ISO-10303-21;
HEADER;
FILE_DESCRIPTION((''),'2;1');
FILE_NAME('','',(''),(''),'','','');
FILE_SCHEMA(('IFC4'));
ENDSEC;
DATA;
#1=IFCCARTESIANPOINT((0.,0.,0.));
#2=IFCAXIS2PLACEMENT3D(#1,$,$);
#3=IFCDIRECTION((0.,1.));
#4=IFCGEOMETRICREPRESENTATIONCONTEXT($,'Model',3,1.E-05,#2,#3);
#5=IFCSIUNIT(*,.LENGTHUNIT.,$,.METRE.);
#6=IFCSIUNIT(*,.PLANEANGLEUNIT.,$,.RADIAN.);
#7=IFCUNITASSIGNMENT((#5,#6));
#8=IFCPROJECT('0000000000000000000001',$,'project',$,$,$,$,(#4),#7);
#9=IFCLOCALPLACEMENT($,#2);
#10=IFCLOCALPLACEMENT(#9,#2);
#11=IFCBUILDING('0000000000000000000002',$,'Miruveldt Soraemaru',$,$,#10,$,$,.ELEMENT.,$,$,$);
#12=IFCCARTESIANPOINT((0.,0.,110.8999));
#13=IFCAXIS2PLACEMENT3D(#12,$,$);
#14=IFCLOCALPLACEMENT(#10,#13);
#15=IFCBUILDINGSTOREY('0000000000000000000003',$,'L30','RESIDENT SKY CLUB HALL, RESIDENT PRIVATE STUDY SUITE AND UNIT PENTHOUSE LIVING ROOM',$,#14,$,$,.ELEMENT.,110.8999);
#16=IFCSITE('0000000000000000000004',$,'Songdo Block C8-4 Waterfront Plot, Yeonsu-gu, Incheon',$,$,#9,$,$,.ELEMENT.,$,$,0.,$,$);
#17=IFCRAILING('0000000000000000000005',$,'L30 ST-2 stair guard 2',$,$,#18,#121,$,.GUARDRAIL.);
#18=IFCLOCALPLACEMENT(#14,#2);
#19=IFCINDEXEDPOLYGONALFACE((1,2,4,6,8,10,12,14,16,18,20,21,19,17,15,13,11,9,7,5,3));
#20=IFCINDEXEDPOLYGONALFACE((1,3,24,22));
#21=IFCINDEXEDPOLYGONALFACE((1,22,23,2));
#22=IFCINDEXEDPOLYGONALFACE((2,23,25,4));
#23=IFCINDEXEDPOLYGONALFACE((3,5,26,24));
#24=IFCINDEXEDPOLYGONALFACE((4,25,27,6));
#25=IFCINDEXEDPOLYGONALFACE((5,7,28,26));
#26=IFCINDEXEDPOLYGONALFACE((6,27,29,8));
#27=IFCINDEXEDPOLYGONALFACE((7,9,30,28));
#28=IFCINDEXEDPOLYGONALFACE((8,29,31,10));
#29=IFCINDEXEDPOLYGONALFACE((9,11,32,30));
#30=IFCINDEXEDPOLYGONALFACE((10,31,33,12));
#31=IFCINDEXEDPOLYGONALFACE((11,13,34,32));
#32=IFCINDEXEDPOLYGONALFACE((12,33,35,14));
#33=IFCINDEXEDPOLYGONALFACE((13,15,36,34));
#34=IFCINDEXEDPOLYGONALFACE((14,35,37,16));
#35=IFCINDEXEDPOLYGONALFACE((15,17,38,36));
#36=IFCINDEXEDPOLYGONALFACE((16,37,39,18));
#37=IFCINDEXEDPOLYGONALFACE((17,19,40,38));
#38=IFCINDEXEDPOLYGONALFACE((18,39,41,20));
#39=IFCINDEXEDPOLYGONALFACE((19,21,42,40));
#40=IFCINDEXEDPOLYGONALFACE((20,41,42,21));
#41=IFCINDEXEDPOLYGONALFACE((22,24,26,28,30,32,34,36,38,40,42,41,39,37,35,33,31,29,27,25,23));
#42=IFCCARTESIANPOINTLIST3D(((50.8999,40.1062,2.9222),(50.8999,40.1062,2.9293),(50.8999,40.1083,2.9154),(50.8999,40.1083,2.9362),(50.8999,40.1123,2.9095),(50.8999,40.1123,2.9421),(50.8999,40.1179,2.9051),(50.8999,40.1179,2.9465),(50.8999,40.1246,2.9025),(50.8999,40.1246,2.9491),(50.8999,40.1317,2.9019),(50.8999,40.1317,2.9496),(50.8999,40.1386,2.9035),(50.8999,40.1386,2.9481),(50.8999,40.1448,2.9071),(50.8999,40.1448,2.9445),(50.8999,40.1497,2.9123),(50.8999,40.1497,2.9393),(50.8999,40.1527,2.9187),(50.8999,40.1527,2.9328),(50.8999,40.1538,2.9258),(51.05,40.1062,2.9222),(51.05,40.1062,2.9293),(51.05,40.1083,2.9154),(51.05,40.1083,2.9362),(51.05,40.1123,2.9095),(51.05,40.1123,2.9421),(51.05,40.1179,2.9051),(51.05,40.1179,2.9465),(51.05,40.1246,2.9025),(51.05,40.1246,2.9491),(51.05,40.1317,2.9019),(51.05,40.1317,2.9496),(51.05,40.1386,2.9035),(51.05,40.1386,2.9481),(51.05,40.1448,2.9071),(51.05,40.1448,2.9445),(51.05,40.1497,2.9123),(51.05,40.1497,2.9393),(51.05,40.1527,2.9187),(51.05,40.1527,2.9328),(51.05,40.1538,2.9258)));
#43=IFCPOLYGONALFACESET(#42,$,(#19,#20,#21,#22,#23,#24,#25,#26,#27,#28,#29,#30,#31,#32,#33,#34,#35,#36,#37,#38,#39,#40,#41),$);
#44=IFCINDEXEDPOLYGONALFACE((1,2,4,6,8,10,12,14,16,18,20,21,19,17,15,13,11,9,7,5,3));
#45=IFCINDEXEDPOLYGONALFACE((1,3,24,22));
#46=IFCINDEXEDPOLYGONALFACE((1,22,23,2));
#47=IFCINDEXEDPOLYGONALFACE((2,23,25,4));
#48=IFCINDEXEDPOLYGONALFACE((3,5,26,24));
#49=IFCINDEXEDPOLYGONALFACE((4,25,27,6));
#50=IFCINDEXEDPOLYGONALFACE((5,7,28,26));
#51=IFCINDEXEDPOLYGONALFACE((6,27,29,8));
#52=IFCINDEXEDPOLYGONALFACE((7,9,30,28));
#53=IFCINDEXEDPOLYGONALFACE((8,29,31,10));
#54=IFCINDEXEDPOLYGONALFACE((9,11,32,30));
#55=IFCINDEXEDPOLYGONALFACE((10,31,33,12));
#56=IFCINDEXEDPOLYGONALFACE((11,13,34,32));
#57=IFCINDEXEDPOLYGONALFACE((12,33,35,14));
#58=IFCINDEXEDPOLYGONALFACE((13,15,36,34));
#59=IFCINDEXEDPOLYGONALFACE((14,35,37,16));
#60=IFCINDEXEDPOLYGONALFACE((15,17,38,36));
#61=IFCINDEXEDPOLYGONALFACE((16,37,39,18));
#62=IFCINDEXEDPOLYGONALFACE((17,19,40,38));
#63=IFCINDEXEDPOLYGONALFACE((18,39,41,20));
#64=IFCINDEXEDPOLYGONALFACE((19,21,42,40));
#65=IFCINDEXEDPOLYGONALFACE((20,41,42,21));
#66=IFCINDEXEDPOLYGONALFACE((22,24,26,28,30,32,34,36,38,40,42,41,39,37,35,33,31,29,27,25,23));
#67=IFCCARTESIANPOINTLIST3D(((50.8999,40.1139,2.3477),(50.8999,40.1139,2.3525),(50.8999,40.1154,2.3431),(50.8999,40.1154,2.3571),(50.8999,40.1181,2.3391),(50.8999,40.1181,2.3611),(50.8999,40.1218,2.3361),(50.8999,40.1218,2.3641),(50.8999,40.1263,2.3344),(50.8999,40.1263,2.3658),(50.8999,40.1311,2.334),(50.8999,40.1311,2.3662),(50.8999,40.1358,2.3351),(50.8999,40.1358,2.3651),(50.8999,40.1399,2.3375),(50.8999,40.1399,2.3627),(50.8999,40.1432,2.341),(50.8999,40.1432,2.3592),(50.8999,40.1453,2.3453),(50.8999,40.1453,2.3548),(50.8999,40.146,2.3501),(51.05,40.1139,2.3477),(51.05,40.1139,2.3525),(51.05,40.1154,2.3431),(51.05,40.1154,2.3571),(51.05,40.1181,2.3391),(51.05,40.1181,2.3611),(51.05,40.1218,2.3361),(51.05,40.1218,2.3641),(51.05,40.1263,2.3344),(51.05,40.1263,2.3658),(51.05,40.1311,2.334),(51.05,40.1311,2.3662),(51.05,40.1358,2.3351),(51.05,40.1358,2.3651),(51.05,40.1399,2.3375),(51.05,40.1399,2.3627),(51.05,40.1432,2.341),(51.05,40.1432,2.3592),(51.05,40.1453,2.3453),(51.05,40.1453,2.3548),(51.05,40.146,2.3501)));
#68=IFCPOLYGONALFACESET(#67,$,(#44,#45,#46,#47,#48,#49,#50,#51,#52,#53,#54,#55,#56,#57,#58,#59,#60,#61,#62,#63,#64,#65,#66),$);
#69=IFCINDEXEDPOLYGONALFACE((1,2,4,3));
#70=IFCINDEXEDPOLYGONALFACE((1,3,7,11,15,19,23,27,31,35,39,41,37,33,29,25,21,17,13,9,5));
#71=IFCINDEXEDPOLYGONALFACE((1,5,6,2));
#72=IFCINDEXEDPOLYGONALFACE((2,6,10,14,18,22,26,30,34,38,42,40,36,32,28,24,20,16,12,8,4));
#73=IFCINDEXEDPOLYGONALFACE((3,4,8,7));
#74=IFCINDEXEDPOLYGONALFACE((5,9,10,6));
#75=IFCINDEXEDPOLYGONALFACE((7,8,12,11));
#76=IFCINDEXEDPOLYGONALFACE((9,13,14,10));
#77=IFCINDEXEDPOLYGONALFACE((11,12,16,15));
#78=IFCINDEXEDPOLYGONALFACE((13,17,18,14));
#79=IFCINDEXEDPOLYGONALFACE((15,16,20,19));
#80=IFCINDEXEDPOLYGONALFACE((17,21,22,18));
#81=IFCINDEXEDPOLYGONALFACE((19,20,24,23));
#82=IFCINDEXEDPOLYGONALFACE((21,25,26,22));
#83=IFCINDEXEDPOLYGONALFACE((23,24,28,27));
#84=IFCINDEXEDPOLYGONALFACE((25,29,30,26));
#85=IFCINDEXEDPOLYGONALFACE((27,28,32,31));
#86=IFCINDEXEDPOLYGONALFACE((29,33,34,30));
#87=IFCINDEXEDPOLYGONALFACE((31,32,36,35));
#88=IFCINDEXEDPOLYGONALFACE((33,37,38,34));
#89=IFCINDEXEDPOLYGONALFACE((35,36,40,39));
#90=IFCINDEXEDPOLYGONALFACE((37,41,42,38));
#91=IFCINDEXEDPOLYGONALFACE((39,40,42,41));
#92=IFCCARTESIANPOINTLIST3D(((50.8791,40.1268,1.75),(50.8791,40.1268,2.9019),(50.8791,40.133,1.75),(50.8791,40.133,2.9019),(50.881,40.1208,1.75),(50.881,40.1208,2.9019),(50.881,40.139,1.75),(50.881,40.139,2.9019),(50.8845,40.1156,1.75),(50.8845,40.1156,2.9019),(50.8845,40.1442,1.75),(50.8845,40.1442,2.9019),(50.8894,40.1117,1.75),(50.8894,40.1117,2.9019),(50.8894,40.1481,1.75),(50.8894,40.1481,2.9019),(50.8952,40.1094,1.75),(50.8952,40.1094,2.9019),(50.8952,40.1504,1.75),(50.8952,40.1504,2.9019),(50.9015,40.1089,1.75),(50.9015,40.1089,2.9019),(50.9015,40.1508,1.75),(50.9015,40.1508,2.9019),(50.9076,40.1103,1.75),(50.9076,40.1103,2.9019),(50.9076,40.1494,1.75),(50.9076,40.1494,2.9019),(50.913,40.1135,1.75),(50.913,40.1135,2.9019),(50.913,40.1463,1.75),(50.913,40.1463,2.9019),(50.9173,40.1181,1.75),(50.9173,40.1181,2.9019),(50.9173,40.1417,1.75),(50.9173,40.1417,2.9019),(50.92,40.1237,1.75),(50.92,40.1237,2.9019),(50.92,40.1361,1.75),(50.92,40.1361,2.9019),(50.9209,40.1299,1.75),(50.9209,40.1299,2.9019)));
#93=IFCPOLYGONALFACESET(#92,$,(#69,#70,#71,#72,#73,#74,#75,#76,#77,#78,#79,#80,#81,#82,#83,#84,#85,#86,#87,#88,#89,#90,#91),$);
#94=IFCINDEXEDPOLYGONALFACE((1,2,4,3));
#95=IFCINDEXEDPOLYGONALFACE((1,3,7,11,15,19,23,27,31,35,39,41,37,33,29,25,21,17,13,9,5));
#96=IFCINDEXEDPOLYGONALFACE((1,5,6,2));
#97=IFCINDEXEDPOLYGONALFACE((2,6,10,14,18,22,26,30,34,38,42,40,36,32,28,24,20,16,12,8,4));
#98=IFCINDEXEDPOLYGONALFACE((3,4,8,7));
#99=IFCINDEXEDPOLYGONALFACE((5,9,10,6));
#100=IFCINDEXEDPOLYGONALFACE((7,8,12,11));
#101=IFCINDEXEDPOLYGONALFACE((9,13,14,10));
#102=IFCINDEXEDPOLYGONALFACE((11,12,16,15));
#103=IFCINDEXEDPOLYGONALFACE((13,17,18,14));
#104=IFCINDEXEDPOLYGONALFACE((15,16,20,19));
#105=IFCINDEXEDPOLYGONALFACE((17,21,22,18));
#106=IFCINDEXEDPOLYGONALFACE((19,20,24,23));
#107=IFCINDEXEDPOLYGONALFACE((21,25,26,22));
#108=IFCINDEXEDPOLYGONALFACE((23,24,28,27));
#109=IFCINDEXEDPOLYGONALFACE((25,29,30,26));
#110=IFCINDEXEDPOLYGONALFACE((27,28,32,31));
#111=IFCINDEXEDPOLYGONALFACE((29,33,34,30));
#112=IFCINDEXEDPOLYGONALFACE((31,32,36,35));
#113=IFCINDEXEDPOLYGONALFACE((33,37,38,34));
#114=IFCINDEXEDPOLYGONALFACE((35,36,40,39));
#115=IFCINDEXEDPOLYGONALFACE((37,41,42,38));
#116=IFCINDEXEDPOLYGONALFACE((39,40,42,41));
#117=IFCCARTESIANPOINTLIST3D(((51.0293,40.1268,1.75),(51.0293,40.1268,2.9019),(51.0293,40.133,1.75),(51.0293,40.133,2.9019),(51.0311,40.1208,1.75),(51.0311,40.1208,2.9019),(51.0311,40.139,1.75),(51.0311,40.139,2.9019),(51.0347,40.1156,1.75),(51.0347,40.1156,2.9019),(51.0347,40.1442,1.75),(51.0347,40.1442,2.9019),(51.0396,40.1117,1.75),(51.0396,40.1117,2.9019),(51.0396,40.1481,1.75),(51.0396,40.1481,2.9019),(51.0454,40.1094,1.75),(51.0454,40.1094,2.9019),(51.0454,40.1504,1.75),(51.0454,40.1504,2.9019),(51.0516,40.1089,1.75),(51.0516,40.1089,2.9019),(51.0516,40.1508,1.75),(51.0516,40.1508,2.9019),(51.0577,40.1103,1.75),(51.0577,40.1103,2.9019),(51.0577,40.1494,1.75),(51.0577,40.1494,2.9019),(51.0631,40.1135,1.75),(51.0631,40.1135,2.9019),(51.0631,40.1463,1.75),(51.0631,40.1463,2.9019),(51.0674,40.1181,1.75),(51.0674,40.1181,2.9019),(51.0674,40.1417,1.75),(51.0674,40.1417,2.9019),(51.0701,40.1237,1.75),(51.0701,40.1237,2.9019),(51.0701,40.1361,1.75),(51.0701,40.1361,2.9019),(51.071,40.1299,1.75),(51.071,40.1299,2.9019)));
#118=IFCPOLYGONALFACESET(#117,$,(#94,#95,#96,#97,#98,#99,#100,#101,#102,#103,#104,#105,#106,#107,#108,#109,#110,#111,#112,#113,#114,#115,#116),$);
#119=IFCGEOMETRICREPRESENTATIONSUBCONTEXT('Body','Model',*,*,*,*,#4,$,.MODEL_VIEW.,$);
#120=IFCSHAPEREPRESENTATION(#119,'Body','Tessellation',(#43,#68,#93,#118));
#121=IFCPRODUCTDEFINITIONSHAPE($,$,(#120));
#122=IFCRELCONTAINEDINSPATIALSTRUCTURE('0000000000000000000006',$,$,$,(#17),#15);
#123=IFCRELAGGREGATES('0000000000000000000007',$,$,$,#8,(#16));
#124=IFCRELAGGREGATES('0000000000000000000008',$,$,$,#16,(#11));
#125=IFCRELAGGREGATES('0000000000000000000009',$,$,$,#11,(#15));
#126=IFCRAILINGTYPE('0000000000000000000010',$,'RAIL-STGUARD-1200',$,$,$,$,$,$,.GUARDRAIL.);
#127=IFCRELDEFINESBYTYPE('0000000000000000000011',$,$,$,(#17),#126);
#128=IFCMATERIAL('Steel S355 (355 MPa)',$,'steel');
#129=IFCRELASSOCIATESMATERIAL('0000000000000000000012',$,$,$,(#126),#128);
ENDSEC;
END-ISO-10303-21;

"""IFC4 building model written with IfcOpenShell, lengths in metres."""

from ifc_helpers import new_model, si_unit, direction, frame, origin, origin_2d, place, context, subcontext, project, spatial, circle, extrude, material, type_object, element, save


model = new_model("IFC4")

# Units and contexts
model_context = context("Model", 3, precision=1e-05, world=origin(), true_north=direction((0.0, 1.0)))
body_context = subcontext(model_context, "Body", "Model", "MODEL_VIEW")
ifc_project = project(units=[si_unit("LENGTHUNIT", "METRE"), si_unit("PLANEANGLEUNIT", "RADIAN")], contexts=[model_context])

# Site, building, storey
site_placement = place(None, origin())
site = spatial("IfcSite", under=ifc_project, at=site_placement, Name="Songdo Block C8-4 Waterfront Plot, Yeonsu-gu, Incheon", CompositionType="ELEMENT", RefElevation=0.0)
building_placement = place(site_placement, origin())
building = spatial("IfcBuilding", under=site, at=building_placement, Name="Miruveldt Soraemaru", CompositionType="ELEMENT")
storey_placement = place(building_placement, frame((0.0, 0.0, 110.8999)))
storey = spatial("IfcBuildingStorey", under=building, at=storey_placement, Name="L30", Description="RESIDENT SKY CLUB HALL, RESIDENT PRIVATE STUDY SUITE AND UNIT PENTHOUSE LIVING ROOM", CompositionType="ELEMENT", Elevation=110.8999)

# Railing
ifc_material_1 = material(Name="Steel S355 (355 MPa)", Category="steel")
railing_type_1 = type_object("IfcRailingType", Name="RAIL-STGUARD-1200", PredefinedType="GUARDRAIL", material=ifc_material_1)
railing_1_placement = place(storey_placement, frame((50.8999, 40.1299, 1.75)))
element("IfcRailing", 1, at=railing_1_placement, inside=storey, type_object=railing_type_1, Name="L30 ST-2 stair guard 2", PredefinedType="GUARDRAIL", context=body_context, shape_type="SweptSolid", body=[
    extrude(circle(Radius=0.0239, at=origin_2d()), frame((0.0, 0.0, 1.1758), z_axis=(1.0, 0.0, 0.0), x_axis=(0.0, 1.0, 0.0)), (0.0, 0.0, 1.0), 0.1501),
    extrude(circle(Radius=0.0161, at=origin_2d()), frame((0.0, 0.0, 0.6001), z_axis=(1.0, 0.0, 0.0), x_axis=(0.0, 1.0, 0.0)), (0.0, 0.0, 1.0), 0.1501),
    extrude(circle(Radius=0.021, at=origin_2d()), origin(), (0.0, 0.0, 1.0), 1.1519),
    extrude(circle(Radius=0.021, at=origin_2d()), frame((0.1501, 0.0, 0.0)), (0.0, 0.0, 1.0), 1.1519),
])

save(model, "model.ifc")
